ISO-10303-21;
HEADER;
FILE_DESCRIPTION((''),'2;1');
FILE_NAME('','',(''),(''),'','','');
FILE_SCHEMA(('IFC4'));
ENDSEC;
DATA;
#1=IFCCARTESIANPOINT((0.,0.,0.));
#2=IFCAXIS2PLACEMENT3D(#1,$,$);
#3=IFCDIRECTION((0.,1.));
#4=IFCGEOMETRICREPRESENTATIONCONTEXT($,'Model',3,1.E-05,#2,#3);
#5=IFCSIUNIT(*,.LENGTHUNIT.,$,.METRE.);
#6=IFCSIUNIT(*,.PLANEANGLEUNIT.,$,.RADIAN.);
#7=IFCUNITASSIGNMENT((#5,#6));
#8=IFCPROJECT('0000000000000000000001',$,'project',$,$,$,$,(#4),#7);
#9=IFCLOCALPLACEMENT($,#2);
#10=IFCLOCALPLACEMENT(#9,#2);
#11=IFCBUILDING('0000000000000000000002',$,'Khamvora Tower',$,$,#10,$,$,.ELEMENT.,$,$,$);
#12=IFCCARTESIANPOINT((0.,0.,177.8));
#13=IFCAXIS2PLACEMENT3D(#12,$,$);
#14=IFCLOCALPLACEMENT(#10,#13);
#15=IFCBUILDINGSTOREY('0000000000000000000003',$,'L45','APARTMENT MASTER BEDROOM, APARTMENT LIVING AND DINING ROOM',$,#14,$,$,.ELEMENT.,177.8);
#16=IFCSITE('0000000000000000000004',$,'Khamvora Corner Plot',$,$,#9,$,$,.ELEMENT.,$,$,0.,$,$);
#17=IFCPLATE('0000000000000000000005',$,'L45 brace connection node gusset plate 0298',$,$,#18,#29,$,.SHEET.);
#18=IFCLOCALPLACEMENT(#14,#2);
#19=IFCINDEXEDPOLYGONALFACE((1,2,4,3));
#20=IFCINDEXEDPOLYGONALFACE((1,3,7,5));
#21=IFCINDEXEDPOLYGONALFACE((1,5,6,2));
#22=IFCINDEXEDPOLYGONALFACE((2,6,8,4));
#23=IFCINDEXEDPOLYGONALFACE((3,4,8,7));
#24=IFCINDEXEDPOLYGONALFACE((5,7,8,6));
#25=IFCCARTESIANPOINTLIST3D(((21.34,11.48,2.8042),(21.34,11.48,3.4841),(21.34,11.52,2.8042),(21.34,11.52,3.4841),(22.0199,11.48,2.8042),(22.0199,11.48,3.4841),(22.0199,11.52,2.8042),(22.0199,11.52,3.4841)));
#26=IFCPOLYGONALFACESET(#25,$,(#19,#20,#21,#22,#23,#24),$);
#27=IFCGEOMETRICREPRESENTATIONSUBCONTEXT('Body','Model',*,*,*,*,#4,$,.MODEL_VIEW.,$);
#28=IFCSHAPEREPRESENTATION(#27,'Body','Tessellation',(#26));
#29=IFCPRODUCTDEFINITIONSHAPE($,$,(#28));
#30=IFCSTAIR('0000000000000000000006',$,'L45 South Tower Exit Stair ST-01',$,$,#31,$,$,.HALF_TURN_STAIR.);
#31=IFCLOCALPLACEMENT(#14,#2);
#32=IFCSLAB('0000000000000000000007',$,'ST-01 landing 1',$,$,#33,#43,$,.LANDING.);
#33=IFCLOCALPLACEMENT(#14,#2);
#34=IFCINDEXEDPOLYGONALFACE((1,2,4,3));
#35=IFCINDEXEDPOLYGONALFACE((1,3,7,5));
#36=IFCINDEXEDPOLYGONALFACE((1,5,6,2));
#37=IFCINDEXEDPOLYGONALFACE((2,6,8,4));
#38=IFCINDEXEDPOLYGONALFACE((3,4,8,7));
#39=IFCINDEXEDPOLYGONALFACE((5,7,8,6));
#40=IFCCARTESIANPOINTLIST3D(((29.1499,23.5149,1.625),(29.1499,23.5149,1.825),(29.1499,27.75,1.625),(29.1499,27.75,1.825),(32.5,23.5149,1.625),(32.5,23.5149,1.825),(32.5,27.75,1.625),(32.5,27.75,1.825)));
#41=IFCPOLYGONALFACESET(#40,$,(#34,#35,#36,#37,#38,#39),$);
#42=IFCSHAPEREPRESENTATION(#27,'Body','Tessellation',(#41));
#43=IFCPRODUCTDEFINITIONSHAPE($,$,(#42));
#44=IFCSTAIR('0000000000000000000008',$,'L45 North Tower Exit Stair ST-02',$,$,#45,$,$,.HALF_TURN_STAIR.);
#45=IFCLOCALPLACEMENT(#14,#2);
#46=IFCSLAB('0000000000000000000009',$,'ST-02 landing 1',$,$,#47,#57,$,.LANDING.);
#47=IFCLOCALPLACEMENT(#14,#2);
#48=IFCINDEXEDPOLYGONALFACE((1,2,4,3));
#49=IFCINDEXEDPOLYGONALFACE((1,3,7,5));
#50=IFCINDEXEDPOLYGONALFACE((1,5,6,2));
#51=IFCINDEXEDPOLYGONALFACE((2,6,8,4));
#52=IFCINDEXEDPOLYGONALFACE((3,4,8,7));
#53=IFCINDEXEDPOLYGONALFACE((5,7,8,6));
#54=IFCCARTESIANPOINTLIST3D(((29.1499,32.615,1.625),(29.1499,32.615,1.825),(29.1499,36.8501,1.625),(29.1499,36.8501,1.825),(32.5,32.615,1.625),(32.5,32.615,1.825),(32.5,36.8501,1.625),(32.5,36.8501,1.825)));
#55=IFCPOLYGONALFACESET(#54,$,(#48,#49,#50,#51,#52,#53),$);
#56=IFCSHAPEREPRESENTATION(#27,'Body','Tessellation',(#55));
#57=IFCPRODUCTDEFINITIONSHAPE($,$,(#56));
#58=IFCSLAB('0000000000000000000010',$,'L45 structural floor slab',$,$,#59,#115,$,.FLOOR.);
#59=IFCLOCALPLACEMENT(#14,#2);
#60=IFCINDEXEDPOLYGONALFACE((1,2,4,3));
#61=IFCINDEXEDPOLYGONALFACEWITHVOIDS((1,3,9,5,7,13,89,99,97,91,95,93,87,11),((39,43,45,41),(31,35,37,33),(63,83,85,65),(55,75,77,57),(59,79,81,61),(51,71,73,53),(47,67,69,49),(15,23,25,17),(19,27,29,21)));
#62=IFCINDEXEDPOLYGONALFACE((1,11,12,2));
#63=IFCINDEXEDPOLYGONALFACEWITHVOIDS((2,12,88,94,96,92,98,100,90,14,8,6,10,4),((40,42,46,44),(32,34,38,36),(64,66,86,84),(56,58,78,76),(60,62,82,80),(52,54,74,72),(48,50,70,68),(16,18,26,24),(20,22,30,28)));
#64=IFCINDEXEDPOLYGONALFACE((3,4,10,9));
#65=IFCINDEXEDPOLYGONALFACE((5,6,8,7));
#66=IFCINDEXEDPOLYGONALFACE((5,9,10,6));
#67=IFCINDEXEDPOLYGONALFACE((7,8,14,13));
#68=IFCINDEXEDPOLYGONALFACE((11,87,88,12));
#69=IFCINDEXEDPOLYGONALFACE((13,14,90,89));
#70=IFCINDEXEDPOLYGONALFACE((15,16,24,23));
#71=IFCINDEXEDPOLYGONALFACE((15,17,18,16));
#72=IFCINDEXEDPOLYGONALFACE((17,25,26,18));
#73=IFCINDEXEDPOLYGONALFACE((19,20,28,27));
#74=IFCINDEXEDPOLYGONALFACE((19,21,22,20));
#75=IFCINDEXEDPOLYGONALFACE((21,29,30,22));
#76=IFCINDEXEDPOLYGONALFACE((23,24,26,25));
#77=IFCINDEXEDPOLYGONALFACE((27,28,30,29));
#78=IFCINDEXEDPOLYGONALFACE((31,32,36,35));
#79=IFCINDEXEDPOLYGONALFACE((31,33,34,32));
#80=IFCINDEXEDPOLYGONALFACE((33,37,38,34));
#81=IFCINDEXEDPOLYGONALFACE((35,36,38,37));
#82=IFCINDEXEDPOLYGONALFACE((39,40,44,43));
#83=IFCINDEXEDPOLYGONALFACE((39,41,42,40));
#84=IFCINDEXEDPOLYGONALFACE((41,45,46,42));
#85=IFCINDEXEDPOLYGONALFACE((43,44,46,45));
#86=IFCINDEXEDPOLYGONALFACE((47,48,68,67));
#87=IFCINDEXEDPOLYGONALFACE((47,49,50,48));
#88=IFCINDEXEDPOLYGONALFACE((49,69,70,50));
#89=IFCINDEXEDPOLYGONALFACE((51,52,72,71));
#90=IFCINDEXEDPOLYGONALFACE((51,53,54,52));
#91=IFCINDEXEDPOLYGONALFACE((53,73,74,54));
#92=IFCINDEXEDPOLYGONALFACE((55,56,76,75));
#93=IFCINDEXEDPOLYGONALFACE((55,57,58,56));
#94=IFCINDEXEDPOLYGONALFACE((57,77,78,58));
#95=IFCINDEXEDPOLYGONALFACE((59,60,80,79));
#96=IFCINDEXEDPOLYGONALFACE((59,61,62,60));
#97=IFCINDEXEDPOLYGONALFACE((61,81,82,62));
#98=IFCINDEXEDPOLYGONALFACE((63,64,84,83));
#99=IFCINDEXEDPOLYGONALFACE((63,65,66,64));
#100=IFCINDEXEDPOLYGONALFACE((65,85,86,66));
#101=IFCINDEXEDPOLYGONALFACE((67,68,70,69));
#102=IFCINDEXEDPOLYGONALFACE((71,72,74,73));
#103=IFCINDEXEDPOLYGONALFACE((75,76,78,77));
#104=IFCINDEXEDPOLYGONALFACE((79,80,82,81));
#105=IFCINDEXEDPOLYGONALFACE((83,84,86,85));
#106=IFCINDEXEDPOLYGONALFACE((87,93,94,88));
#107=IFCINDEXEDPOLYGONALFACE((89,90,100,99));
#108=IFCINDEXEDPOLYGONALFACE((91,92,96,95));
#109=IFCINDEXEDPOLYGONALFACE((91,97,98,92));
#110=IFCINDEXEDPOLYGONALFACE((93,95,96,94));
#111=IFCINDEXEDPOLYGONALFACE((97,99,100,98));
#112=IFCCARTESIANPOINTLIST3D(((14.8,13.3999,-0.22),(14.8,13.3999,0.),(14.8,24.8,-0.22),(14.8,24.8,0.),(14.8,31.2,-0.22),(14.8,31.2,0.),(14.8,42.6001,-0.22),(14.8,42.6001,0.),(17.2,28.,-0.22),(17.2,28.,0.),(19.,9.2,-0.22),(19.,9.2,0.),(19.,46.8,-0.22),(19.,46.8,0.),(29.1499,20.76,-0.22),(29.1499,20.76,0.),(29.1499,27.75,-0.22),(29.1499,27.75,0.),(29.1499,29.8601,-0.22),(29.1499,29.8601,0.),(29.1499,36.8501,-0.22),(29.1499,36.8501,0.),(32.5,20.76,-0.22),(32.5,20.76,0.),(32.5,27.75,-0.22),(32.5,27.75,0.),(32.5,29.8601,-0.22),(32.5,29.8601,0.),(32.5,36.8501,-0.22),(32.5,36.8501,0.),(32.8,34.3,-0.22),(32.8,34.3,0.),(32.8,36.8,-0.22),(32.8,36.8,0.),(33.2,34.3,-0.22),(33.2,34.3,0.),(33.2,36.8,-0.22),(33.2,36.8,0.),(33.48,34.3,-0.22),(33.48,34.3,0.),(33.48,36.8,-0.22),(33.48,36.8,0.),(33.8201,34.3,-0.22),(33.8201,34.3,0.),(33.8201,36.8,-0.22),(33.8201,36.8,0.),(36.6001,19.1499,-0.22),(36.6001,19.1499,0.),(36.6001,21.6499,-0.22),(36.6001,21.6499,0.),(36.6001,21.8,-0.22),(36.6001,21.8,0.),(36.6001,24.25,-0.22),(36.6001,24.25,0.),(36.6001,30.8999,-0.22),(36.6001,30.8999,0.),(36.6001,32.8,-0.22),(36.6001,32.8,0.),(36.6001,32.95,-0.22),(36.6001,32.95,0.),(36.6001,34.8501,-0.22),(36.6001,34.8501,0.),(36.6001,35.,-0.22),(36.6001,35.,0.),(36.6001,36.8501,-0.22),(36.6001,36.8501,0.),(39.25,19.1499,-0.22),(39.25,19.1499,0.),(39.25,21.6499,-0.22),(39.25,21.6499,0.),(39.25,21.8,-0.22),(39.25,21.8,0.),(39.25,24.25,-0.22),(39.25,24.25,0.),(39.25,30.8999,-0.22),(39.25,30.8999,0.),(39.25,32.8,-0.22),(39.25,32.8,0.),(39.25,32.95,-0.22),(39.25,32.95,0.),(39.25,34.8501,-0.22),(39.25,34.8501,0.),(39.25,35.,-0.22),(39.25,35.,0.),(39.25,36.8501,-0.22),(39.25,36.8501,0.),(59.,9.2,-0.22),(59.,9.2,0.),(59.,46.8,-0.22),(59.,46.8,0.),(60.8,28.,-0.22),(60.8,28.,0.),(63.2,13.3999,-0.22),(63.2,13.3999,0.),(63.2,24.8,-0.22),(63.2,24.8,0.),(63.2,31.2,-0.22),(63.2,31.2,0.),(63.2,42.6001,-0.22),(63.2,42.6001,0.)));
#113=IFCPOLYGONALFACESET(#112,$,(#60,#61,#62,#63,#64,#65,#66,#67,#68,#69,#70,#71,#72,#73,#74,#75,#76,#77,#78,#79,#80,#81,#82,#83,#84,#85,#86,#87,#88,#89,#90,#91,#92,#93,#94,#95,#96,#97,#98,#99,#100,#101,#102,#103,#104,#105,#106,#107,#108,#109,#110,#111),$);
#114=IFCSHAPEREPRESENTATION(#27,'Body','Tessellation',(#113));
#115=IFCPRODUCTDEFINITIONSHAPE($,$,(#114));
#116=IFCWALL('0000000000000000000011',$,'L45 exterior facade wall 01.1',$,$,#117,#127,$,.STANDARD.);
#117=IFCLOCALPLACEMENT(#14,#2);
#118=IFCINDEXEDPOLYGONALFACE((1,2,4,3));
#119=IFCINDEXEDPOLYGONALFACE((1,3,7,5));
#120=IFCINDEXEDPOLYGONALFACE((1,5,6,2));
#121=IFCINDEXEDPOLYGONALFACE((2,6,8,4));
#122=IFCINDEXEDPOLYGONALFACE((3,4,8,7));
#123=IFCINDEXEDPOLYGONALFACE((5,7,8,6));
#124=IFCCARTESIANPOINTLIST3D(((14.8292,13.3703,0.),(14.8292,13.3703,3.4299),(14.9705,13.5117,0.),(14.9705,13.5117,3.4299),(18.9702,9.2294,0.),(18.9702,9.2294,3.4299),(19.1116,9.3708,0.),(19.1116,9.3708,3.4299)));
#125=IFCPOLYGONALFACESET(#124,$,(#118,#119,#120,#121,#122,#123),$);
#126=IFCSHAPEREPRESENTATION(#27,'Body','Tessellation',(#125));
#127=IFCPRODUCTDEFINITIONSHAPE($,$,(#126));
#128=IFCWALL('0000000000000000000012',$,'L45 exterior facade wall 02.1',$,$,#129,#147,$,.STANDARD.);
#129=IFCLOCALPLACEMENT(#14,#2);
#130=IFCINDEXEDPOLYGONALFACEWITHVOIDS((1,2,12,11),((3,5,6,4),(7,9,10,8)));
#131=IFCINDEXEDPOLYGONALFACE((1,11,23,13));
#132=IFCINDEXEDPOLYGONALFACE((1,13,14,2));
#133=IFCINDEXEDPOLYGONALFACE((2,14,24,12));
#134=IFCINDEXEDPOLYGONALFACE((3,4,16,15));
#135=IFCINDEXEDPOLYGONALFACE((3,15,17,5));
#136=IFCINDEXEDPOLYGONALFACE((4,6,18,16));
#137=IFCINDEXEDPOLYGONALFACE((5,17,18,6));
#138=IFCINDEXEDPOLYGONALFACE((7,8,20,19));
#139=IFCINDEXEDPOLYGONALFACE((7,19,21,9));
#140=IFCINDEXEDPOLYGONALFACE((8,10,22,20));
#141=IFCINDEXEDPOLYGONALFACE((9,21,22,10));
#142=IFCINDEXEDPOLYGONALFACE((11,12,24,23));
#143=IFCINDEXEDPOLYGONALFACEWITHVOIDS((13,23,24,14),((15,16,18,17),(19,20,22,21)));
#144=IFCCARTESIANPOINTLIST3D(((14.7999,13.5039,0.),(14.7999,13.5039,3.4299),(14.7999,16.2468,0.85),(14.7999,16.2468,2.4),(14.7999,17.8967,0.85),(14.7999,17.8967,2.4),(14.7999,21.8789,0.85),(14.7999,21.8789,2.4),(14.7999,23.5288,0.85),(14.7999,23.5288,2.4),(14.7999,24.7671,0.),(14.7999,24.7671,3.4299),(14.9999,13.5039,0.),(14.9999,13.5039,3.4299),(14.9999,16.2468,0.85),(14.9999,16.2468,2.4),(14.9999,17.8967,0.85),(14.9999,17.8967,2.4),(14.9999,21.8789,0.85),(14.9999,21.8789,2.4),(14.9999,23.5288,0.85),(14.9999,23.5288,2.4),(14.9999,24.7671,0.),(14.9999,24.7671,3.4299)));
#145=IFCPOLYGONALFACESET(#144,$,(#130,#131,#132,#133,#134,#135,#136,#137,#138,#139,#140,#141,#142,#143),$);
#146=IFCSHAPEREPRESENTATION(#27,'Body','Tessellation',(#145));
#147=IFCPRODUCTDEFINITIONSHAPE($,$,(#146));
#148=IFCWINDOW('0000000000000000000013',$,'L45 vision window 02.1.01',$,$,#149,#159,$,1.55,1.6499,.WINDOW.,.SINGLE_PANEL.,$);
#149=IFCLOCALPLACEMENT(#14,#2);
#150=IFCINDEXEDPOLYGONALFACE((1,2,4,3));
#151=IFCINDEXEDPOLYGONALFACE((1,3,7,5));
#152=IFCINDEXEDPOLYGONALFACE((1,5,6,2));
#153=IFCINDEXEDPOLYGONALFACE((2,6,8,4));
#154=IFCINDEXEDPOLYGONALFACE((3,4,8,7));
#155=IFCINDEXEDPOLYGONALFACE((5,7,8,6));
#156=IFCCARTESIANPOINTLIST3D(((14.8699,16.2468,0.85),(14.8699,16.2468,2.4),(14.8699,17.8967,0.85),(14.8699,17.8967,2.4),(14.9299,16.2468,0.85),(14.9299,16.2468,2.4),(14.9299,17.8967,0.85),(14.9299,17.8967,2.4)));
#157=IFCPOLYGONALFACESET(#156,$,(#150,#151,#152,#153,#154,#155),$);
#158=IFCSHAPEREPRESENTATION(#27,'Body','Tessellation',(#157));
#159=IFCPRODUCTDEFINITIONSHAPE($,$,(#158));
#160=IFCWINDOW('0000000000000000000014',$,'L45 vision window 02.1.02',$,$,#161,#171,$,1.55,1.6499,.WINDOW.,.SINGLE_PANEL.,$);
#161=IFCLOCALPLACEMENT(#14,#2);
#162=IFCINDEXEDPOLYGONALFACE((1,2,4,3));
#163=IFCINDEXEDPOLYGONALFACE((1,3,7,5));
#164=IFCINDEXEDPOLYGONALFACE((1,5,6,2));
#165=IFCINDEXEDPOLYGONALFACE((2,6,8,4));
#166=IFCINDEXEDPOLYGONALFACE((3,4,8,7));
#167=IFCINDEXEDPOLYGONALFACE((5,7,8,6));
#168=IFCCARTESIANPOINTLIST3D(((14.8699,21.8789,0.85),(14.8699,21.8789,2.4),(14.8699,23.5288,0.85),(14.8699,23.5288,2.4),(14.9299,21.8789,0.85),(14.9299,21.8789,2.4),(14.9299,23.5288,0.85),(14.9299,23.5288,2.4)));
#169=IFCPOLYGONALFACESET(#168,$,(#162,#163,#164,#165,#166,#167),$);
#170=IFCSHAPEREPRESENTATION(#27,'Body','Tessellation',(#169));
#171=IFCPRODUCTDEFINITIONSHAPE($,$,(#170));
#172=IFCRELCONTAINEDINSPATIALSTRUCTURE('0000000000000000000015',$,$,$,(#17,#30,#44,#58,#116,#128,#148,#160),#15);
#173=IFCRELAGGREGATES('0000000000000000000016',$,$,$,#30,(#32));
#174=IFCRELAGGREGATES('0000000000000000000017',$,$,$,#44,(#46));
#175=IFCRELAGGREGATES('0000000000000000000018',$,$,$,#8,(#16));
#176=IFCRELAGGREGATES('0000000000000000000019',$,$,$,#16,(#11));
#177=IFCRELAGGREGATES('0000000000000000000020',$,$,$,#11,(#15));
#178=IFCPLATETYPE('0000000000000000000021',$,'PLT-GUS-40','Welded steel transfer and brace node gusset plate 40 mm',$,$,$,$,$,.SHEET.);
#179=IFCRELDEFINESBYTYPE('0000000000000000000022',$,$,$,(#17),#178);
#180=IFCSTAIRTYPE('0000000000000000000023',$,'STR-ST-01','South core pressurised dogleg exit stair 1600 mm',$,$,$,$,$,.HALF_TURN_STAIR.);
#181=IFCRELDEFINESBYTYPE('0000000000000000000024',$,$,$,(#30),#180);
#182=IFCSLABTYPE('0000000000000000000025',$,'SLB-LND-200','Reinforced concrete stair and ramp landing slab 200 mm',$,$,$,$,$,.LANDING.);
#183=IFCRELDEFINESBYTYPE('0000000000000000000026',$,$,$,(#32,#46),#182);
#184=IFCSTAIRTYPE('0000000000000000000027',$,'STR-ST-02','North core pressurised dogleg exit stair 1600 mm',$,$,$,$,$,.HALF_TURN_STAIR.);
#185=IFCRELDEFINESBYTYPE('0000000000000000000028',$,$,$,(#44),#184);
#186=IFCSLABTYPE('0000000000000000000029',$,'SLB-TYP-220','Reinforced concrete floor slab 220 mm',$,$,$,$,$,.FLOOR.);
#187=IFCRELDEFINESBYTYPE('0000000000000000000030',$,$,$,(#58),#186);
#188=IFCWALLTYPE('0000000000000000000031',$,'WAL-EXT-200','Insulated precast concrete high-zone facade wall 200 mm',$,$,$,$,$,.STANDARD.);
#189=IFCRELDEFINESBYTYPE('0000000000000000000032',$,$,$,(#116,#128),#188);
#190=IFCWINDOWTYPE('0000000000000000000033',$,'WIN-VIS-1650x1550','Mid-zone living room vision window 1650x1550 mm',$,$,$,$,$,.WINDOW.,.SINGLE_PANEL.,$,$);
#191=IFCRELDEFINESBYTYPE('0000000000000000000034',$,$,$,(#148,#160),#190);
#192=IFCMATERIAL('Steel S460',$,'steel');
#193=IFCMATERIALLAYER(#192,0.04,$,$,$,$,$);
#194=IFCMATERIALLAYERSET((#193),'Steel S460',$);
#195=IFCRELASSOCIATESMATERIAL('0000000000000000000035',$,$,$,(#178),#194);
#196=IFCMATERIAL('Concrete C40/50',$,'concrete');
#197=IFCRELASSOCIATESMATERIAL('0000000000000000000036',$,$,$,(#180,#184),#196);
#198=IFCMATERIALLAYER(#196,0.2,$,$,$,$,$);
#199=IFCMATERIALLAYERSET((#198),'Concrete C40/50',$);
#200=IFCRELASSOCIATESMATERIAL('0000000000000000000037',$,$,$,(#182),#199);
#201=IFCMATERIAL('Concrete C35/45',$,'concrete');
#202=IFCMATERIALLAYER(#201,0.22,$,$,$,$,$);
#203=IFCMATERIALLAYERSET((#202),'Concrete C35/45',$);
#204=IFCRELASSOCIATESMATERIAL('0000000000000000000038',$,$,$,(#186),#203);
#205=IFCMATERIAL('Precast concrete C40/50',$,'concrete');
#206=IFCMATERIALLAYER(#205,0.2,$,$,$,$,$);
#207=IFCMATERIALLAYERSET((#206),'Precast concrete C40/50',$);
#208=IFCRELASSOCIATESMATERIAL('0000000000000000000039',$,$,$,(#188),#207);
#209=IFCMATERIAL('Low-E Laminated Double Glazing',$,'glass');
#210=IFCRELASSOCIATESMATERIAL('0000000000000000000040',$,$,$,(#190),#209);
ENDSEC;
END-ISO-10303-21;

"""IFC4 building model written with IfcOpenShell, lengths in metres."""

from ifc_helpers import new_model, si_unit, direction, frame, frame_2d, origin, origin_2d, place, context, subcontext, project, spatial, polyline, rectangle, outline, extrude, material, layer, layer_set, type_object, element, fill, aggregate, save


model = new_model("IFC4")

# Units and contexts
model_context = context("Model", 3, precision=1e-05, world=origin(), true_north=direction((0.0, 1.0)))
body_context = subcontext(model_context, "Body", "Model", "MODEL_VIEW")
ifc_project = project(units=[si_unit("LENGTHUNIT", "METRE"), si_unit("PLANEANGLEUNIT", "RADIAN")], contexts=[model_context])

# Site, building, storey
site_placement = place(None, origin())
site = spatial("IfcSite", under=ifc_project, at=site_placement, Name="Khamvora Corner Plot", CompositionType="ELEMENT", RefElevation=0.0)
building_placement = place(site_placement, origin())
building = spatial("IfcBuilding", under=site, at=building_placement, Name="Khamvora Tower", CompositionType="ELEMENT")
storey_placement = place(building_placement, frame((0.0, 0.0, 177.8)))
storey = spatial("IfcBuildingStorey", under=building, at=storey_placement, Name="L45", Description="APARTMENT MASTER BEDROOM, APARTMENT LIVING AND DINING ROOM", CompositionType="ELEMENT", Elevation=177.8)

# Plate
ifc_material_1 = material(Name="Steel S460", Category="steel")
ifc_layer_1 = layer(ifc_material_1, 0.04)
ifc_layer_set_1 = layer_set([ifc_layer_1], Name="Steel S460")
plate_type_1 = type_object("IfcPlateType", Name="PLT-GUS-40", Description="Welded steel transfer and brace node gusset plate 40 mm", PredefinedType="SHEET", material=ifc_layer_set_1)
plate_1_placement = place(storey_placement, frame((21.6799, 11.5, 2.8042), z_axis=(0.0, 0.0, 1.0), x_axis=(1.0, 0.0, 0.0)))
element("IfcPlate", 1, at=plate_1_placement, inside=storey, type_object=plate_type_1, Name="L45 brace connection node gusset plate 0298", PredefinedType="SHEET", context=body_context, shape_type="SweptSolid", body=[
    extrude(rectangle(XDim=0.6799, YDim=0.04, at=origin_2d()), origin(), (0.0, 0.0, 1.0), 0.6799),
])

# Stairs, slabs
ifc_material_2 = material(Name="Concrete C40/50", Category="concrete")
stair_type_1 = type_object("IfcStairType", Name="STR-ST-01", Description="South core pressurised dogleg exit stair 1600 mm", PredefinedType="HALF_TURN_STAIR", material=ifc_material_2)
stair_1_placement = place(storey_placement, origin())
stair_1 = element("IfcStair", 2, at=stair_1_placement, inside=storey, type_object=stair_type_1, Name="L45 South Tower Exit Stair ST-01", PredefinedType="HALF_TURN_STAIR")
ifc_layer_2 = layer(ifc_material_2, 0.2)
ifc_layer_set_2 = layer_set([ifc_layer_2], Name="Concrete C40/50")
slab_type_1 = type_object("IfcSlabType", Name="SLB-LND-200", Description="Reinforced concrete stair and ramp landing slab 200 mm", PredefinedType="LANDING", material=ifc_layer_set_2)
slab_1_placement = place(storey_placement, frame((0.0, 0.0, 1.625)))
slab_1 = element("IfcSlab", 3, at=slab_1_placement, type_object=slab_type_1, Name="ST-01 landing 1", PredefinedType="LANDING", context=body_context, shape_type="SweptSolid", body=[
    extrude(outline(polyline([(32.5, 23.5149), (32.5, 27.75), (29.1499, 27.75), (29.1499, 23.5149), (32.5, 23.5149)])), origin(), (0.0, 0.0, 1.0), 0.2),
])
aggregate(stair_1, [slab_1])
stair_type_2 = type_object("IfcStairType", Name="STR-ST-02", Description="North core pressurised dogleg exit stair 1600 mm", PredefinedType="HALF_TURN_STAIR", material=ifc_material_2)
stair_2_placement = place(storey_placement, origin())
stair_2 = element("IfcStair", 4, at=stair_2_placement, inside=storey, type_object=stair_type_2, Name="L45 North Tower Exit Stair ST-02", PredefinedType="HALF_TURN_STAIR")
slab_2_placement = place(storey_placement, frame((0.0, 0.0, 1.625)))
slab_2 = element("IfcSlab", 5, at=slab_2_placement, type_object=slab_type_1, Name="ST-02 landing 1", PredefinedType="LANDING", context=body_context, shape_type="SweptSolid", body=[
    extrude(outline(polyline([(32.5, 32.615), (32.5, 36.8501), (29.1499, 36.8501), (29.1499, 32.615), (32.5, 32.615)])), origin(), (0.0, 0.0, 1.0), 0.2),
])
aggregate(stair_2, [slab_2])

# Slab
ifc_material_3 = material(Name="Concrete C35/45", Category="concrete")
ifc_layer_3 = layer(ifc_material_3, 0.22)
ifc_layer_set_3 = layer_set([ifc_layer_3], Name="Concrete C35/45")
slab_type_2 = type_object("IfcSlabType", Name="SLB-TYP-220", Description="Reinforced concrete floor slab 220 mm", PredefinedType="FLOOR", material=ifc_layer_set_3)
slab_3_placement = place(storey_placement, frame((0.0, 0.0, -0.22)))
element("IfcSlab", 6, at=slab_3_placement, inside=storey, type_object=slab_type_2, Name="L45 structural floor slab", PredefinedType="FLOOR", context=body_context, shape_type="SweptSolid", body=[
    extrude(outline(polyline([(19.0, 9.2), (59.0, 9.2), (63.2, 13.3999), (63.2, 24.8), (60.8, 28.0), (63.2, 31.2), (63.2, 42.6001), (59.0, 46.8), (19.0, 46.8), (14.8, 42.6001), (14.8, 31.2), (17.2, 28.0), (14.8, 24.8), (14.8, 13.3999), (19.0, 9.2)]), holes=[polyline([(32.5, 20.76), (32.5, 27.75), (29.1499, 27.75), (29.1499, 20.76), (32.5, 20.76)]), polyline([(32.5, 29.8601), (32.5, 36.8501), (29.1499, 36.8501), (29.1499, 29.8601), (32.5, 29.8601)]), polyline([(36.6001, 19.1499), (39.25, 19.1499), (39.25, 21.6499), (36.6001, 21.6499), (36.6001, 19.1499)]), polyline([(36.6001, 21.8), (39.25, 21.8), (39.25, 24.25), (36.6001, 24.25), (36.6001, 21.8)]), polyline([(36.6001, 30.8999), (39.25, 30.8999), (39.25, 32.8), (36.6001, 32.8), (36.6001, 30.8999)]), polyline([(36.6001, 32.95), (39.25, 32.95), (39.25, 34.8501), (36.6001, 34.8501), (36.6001, 32.95)]), polyline([(36.6001, 35.0), (39.25, 35.0), (39.25, 36.8501), (36.6001, 36.8501), (36.6001, 35.0)]), polyline([(32.8, 34.3), (33.2, 34.3), (33.2, 36.8), (32.8, 36.8), (32.8, 34.3)]), polyline([(33.48, 34.3), (33.8201, 34.3), (33.8201, 36.8), (33.48, 36.8), (33.48, 34.3)])]), origin(), (0.0, 0.0, 1.0), 0.22),
])

# Wall
ifc_material_4 = material(Name="Precast concrete C40/50", Category="concrete")
ifc_layer_4 = layer(ifc_material_4, 0.2)
ifc_layer_set_4 = layer_set([ifc_layer_4], Name="Precast concrete C40/50")
wall_type_1 = type_object("IfcWallType", Name="WAL-EXT-200", Description="Insulated precast concrete high-zone facade wall 200 mm", PredefinedType="STANDARD", material=ifc_layer_set_4)
wall_1_placement = place(storey_placement, frame((19.041, 9.3, 0.0), z_axis=(0.0, 0.0, 1.0), x_axis=(-0.707128, 0.707086, 0.0)))
element("IfcWall", 7, at=wall_1_placement, inside=storey, type_object=wall_type_1, Name="L45 exterior facade wall 01.1", PredefinedType="STANDARD", context=body_context, shape_type="SweptSolid", body=[
    extrude(rectangle(XDim=5.8562, YDim=0.2, at=frame_2d((2.9282, 0.0))), origin(), (0.0, 0.0, 1.0), 3.4299),
])

# Wall, openings, windows
wall_2_placement = place(storey_placement, frame((14.8999, 13.5039, 0.0), z_axis=(0.0, 0.0, 1.0), x_axis=(0.0, 1.0, 0.0)))
wall_2 = element("IfcWall", 8, at=wall_2_placement, inside=storey, type_object=wall_type_1, Name="L45 exterior facade wall 02.1", PredefinedType="STANDARD", context=body_context, shape_type="SweptSolid", body=[
    extrude(rectangle(XDim=11.2632, YDim=0.2, at=frame_2d((5.6316, 0.0))), origin(), (0.0, 0.0, 1.0), 3.4299),
])
opening_1_placement = place(wall_2_placement, frame((2.7429, 0.0, 0.8501)))
opening_1 = element("IfcOpeningElement", 9, at=opening_1_placement, cuts=wall_2, PredefinedType="OPENING", context=body_context, shape_type="SweptSolid", body=[
    extrude(rectangle(XDim=1.6499, YDim=1.55, at=frame_2d((0.825, 0.7749))), frame((0.0, 0.1099, 0.0), z_axis=(0.0, -1.0, 0.0), x_axis=(1.0, 0.0, 0.0)), (0.0, 0.0, 1.0), 0.22),
])
opening_2_placement = place(wall_2_placement, frame((8.375, 0.0, 0.8501)))
opening_2 = element("IfcOpeningElement", 10, at=opening_2_placement, cuts=wall_2, PredefinedType="OPENING", context=body_context, shape_type="SweptSolid", body=[
    extrude(rectangle(XDim=1.6499, YDim=1.55, at=frame_2d((0.825, 0.7749))), frame((0.0, 0.1099, 0.0), z_axis=(0.0, -1.0, 0.0), x_axis=(1.0, 0.0, 0.0)), (0.0, 0.0, 1.0), 0.22),
])
ifc_material_5 = material(Name="Low-E Laminated Double Glazing", Category="glass")
window_type = type_object("IfcWindowType", Name="WIN-VIS-1650x1550", Description="Mid-zone living room vision window 1650x1550 mm", PartitioningType="SINGLE_PANEL", PredefinedType="WINDOW", material=ifc_material_5)
window_1_placement = place(opening_1_placement, origin())
window_1 = element("IfcWindow", 11, at=window_1_placement, inside=storey, type_object=window_type, Name="L45 vision window 02.1.01", OverallHeight=1.55, OverallWidth=1.6499, PartitioningType="SINGLE_PANEL", PredefinedType="WINDOW", context=body_context, shape_type="SweptSolid", body=[
    extrude(rectangle(XDim=1.6499, YDim=1.55, at=frame_2d((0.825, 0.7749))), frame((0.0, 0.03, 0.0), z_axis=(0.0, -1.0, 0.0), x_axis=(1.0, 0.0, 0.0)), (0.0, 0.0, 1.0), 0.0601),
])
fill(opening_1, window_1)
window_2_placement = place(opening_2_placement, origin())
window_2 = element("IfcWindow", 12, at=window_2_placement, inside=storey, type_object=window_type, Name="L45 vision window 02.1.02", OverallHeight=1.55, OverallWidth=1.6499, PartitioningType="SINGLE_PANEL", PredefinedType="WINDOW", context=body_context, shape_type="SweptSolid", body=[
    extrude(rectangle(XDim=1.6499, YDim=1.55, at=frame_2d((0.825, 0.7749))), frame((0.0, 0.03, 0.0), z_axis=(0.0, -1.0, 0.0), x_axis=(1.0, 0.0, 0.0)), (0.0, 0.0, 1.0), 0.0601),
])
fill(opening_2, window_2)

save(model, "model.ifc")
